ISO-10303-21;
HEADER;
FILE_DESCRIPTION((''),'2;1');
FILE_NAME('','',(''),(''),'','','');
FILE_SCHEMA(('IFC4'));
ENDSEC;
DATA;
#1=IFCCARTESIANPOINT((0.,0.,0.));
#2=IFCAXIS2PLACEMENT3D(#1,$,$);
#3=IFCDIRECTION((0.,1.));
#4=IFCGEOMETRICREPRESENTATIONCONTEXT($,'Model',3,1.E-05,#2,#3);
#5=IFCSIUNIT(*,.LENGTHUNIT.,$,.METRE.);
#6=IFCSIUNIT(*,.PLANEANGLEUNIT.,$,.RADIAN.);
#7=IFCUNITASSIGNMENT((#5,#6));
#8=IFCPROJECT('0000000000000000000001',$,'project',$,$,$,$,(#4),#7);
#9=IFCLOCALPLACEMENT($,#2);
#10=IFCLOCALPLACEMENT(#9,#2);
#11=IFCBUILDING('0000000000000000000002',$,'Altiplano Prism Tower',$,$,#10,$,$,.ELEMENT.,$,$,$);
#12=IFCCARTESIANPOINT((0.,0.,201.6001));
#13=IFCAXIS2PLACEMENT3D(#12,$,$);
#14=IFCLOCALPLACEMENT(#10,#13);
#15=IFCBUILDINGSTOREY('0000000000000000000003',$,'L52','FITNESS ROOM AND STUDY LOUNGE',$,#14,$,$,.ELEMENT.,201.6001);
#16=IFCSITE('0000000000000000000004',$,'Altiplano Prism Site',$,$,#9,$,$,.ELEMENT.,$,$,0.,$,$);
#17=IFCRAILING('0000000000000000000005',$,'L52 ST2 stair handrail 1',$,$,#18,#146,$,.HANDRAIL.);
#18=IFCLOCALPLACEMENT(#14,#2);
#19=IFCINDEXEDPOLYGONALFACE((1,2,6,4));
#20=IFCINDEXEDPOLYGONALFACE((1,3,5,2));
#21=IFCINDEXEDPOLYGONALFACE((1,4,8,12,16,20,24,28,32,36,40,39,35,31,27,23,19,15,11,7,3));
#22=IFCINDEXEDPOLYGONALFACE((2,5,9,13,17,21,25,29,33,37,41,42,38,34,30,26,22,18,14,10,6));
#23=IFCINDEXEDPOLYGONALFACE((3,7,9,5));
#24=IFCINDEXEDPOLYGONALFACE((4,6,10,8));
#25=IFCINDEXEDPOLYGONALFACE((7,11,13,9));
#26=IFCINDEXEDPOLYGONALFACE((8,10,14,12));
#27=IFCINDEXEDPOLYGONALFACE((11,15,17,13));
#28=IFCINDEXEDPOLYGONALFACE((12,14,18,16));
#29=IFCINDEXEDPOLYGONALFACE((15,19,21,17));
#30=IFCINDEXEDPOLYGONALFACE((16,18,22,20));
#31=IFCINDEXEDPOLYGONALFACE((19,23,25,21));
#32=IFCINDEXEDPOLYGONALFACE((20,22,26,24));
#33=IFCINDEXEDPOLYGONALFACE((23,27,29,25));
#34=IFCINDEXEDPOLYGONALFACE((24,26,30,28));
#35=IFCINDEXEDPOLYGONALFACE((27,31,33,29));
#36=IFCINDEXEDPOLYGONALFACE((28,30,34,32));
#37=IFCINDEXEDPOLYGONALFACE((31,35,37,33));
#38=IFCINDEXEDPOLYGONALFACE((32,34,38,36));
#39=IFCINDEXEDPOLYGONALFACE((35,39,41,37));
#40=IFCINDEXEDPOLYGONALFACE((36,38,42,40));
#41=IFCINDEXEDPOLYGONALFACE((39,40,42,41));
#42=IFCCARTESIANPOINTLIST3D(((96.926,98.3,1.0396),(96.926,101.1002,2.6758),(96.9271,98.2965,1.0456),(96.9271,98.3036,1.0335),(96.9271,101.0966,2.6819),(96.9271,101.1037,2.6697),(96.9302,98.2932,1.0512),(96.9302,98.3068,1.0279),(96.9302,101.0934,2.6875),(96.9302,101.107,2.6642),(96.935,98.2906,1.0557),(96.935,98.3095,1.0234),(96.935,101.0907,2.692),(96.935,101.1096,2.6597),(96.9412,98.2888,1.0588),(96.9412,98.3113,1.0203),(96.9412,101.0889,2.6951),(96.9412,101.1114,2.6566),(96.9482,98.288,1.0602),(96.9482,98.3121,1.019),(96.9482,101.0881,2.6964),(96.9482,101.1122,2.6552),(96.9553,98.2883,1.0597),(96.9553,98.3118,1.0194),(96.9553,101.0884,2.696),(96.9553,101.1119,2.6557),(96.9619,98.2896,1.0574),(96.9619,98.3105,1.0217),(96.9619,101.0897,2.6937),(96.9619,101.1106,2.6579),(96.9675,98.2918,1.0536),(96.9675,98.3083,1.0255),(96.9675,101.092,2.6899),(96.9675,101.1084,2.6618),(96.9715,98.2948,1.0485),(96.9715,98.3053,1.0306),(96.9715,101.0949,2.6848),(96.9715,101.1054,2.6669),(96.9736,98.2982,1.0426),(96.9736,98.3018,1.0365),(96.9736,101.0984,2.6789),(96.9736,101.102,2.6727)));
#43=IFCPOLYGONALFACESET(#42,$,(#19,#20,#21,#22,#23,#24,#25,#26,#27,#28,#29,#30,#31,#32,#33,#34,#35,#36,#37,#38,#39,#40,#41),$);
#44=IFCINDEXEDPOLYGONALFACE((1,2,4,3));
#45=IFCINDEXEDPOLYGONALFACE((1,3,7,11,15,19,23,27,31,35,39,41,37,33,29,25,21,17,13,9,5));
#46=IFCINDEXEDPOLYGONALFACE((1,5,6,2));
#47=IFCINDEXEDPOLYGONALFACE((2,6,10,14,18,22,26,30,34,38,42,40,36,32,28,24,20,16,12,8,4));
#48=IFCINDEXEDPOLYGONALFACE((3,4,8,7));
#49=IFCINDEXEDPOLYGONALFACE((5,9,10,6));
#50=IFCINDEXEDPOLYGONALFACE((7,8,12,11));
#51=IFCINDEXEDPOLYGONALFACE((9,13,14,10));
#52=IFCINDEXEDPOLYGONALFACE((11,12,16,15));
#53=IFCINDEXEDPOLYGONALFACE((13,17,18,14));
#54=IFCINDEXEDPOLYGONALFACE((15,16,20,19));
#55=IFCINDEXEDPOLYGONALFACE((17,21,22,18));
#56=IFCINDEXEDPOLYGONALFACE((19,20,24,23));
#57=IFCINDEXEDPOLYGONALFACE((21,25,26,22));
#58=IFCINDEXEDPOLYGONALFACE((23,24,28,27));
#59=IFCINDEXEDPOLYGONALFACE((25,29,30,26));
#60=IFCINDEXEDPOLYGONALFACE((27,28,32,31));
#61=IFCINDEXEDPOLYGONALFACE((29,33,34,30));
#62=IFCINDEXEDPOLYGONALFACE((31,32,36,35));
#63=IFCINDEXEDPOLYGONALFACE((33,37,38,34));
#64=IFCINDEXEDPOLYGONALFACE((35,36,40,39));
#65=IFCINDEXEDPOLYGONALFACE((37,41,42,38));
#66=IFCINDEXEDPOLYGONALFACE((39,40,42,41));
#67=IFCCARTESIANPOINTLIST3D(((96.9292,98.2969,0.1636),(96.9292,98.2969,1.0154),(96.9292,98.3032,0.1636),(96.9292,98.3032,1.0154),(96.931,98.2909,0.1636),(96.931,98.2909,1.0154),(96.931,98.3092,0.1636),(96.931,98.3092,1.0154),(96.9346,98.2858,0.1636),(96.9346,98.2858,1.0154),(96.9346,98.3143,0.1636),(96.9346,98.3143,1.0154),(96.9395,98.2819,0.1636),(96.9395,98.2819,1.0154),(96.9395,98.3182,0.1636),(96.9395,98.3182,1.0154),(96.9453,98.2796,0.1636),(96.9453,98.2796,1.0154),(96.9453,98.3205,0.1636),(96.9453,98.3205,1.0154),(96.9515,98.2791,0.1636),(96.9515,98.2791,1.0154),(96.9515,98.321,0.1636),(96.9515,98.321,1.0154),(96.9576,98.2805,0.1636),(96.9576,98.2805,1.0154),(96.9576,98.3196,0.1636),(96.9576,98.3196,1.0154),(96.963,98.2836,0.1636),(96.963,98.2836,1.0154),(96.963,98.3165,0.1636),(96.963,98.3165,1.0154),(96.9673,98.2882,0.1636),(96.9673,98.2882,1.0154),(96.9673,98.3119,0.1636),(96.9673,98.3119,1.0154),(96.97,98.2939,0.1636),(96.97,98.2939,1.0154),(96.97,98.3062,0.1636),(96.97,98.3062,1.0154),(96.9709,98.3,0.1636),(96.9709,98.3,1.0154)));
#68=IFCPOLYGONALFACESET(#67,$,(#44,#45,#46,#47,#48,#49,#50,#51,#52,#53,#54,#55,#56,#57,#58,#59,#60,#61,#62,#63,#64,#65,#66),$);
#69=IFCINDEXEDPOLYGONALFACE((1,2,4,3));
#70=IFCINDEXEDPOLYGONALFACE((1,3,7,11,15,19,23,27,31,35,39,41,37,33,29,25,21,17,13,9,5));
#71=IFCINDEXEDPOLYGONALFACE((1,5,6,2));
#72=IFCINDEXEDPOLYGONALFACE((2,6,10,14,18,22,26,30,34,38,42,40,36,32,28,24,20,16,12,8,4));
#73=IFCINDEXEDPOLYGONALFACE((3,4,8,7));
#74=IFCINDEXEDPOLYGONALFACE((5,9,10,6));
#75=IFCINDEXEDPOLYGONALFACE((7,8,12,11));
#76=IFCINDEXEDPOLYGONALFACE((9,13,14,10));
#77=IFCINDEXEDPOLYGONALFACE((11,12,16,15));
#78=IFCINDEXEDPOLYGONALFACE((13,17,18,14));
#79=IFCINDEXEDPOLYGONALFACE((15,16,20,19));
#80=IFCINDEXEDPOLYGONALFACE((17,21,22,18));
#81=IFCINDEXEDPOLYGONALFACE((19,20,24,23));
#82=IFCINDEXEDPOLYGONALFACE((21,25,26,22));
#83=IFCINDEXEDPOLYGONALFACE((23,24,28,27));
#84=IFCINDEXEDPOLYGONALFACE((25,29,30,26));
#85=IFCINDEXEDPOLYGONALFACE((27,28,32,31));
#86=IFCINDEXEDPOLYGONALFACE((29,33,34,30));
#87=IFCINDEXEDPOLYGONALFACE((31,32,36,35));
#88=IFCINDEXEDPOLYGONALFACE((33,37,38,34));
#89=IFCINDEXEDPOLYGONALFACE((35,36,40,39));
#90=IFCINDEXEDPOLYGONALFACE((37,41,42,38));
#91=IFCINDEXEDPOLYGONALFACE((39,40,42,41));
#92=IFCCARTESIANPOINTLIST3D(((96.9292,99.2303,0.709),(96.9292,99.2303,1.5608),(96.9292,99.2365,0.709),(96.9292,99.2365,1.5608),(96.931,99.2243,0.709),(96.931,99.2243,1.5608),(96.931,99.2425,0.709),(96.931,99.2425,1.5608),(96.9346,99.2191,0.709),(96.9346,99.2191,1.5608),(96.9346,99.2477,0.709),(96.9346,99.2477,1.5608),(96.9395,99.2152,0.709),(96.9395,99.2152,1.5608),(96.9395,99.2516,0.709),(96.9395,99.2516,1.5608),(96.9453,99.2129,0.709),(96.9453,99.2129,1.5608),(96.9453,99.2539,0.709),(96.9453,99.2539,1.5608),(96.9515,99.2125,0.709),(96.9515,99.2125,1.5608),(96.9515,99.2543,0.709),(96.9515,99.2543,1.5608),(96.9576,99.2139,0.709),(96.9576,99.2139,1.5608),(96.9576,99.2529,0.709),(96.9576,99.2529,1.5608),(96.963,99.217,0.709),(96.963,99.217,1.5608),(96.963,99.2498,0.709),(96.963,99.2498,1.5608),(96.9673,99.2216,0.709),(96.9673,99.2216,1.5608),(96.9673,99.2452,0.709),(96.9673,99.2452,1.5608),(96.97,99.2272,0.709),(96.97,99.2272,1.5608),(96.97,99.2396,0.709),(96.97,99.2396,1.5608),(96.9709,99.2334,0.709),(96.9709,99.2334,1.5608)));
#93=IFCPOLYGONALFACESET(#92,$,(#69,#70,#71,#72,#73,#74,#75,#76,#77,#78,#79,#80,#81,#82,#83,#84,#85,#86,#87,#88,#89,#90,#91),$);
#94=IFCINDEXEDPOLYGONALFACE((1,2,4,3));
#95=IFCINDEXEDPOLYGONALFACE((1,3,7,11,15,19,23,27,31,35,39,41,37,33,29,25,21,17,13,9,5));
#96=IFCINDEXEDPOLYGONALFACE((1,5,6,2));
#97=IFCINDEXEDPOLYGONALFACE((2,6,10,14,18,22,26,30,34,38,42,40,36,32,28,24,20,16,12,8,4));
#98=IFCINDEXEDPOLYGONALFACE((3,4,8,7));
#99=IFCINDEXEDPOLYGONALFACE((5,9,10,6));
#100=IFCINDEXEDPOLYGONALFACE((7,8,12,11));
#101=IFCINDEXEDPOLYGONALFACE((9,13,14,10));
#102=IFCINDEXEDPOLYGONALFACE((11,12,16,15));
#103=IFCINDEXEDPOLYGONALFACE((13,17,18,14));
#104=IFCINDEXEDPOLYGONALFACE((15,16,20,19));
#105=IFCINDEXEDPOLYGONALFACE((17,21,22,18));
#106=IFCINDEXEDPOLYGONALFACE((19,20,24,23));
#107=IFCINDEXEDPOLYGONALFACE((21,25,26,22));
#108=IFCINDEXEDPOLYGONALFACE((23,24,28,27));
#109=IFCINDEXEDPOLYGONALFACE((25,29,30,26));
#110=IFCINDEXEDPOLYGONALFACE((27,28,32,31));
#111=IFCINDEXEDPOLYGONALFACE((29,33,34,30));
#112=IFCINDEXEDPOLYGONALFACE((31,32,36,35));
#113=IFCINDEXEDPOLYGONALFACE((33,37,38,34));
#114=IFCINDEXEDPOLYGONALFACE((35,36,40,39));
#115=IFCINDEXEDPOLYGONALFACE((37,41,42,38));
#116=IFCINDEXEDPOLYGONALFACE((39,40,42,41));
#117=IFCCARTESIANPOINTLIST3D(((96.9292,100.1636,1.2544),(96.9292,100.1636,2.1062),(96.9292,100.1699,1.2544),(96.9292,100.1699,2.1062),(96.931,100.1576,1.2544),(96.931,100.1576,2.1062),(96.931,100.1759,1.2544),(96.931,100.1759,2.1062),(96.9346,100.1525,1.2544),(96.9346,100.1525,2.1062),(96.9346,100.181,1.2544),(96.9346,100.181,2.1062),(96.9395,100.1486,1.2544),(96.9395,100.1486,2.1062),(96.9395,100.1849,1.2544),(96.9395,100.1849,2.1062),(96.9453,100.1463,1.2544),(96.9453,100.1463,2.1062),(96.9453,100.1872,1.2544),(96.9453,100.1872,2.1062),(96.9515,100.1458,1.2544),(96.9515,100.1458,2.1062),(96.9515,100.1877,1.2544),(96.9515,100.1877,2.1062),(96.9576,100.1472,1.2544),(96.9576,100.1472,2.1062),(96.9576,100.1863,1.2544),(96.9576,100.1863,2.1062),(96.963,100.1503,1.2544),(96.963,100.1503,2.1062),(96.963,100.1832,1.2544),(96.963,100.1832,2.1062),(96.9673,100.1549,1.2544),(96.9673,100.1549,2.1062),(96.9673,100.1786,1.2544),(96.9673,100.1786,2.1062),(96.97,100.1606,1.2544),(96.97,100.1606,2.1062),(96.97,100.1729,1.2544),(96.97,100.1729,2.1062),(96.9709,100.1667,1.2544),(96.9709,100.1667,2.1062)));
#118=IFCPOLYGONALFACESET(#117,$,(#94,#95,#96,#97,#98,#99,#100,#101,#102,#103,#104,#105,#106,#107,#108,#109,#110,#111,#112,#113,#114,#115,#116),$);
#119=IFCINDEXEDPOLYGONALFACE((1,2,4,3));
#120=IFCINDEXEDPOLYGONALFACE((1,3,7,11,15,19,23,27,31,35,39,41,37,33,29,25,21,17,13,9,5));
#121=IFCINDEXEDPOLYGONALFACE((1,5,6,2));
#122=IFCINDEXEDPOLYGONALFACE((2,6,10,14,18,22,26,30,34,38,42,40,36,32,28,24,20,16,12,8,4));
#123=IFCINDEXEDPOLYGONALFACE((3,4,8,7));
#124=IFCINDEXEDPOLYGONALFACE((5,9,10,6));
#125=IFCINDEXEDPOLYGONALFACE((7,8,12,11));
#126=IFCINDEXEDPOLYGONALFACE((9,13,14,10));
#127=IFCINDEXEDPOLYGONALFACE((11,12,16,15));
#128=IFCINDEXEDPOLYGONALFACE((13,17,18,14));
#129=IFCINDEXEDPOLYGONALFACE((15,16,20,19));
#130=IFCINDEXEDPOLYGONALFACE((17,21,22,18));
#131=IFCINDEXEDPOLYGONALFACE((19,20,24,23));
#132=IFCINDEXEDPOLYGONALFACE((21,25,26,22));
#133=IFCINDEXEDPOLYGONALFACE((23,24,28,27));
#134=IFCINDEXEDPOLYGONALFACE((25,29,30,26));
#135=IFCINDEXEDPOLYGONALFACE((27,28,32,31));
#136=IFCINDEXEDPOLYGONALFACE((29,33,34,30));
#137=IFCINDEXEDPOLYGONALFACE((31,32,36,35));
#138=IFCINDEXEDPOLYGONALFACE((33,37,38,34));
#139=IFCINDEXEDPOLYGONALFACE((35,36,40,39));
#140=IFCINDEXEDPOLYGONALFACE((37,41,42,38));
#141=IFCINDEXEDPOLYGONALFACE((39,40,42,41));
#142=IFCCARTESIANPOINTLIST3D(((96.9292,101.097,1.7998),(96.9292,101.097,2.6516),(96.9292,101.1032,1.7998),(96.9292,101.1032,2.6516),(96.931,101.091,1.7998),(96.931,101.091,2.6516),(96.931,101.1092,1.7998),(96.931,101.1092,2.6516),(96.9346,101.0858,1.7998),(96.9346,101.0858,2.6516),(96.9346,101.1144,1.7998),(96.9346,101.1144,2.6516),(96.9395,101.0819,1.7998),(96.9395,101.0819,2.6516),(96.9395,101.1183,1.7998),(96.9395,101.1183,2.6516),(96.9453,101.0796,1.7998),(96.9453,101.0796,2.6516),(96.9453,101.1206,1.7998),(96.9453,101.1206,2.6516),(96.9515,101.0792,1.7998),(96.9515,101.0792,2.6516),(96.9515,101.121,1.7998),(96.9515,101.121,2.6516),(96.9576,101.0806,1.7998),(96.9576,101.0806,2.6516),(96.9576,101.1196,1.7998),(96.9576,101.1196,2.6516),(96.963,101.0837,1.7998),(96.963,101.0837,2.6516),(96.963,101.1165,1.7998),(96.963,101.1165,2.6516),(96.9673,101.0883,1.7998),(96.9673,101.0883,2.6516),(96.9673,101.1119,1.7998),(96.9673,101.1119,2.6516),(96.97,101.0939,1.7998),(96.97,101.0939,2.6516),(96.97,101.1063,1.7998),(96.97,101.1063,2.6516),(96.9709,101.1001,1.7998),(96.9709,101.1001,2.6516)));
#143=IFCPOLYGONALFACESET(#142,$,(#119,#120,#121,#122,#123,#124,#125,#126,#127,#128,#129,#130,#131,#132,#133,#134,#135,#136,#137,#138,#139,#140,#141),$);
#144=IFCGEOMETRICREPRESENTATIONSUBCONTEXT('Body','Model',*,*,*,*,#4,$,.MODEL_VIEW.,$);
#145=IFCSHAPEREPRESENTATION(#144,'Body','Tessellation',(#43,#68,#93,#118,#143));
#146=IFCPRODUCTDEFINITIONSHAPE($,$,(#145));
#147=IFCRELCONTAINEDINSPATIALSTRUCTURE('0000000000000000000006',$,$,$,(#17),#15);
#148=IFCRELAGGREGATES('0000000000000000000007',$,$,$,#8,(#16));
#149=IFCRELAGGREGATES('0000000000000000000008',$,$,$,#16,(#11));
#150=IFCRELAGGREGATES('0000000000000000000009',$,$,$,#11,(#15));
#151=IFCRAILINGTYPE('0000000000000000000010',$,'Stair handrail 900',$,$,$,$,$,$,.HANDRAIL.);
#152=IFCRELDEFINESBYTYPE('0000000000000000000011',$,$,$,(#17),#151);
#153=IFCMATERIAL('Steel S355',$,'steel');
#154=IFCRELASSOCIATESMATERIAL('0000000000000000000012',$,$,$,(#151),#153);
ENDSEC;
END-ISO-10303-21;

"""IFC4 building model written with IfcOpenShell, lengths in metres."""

from ifc_helpers import new_model, si_unit, direction, frame, origin, origin_2d, place, context, subcontext, project, spatial, circle, extrude, material, type_object, element, save


model = new_model("IFC4")

# Units and contexts
model_context = context("Model", 3, precision=1e-05, world=origin(), true_north=direction((0.0, 1.0)))
body_context = subcontext(model_context, "Body", "Model", "MODEL_VIEW")
ifc_project = project(units=[si_unit("LENGTHUNIT", "METRE"), si_unit("PLANEANGLEUNIT", "RADIAN")], contexts=[model_context])

# Site, building, storey
site_placement = place(None, origin())
site = spatial("IfcSite", under=ifc_project, at=site_placement, Name="Altiplano Prism Site", CompositionType="ELEMENT", RefElevation=0.0)
building_placement = place(site_placement, origin())
building = spatial("IfcBuilding", under=site, at=building_placement, Name="Altiplano Prism Tower", CompositionType="ELEMENT")
storey_placement = place(building_placement, frame((0.0, 0.0, 201.6001)))
storey = spatial("IfcBuildingStorey", under=building, at=storey_placement, Name="L52", Description="FITNESS ROOM AND STUDY LOUNGE", CompositionType="ELEMENT", Elevation=201.6001)

# Railing
ifc_material_1 = material(Name="Steel S355", Category="steel")
railing_type_1 = type_object("IfcRailingType", Name="Stair handrail 900", PredefinedType="HANDRAIL", material=ifc_material_1)
railing_1_placement = place(storey_placement, frame((96.95, 98.3, 0.1636)))
element("IfcRailing", 1, at=railing_1_placement, inside=storey, type_object=railing_type_1, Name="L52 ST2 stair handrail 1", PredefinedType="HANDRAIL", context=body_context, shape_type="SweptSolid", body=[
    extrude(circle(Radius=0.0239, at=origin_2d()), frame((0.0, 0.0, 0.876), z_axis=(0.0, 0.863394, 0.504531), x_axis=(-1.0, 0.0, 0.0)), (0.0, 0.0, 1.0), 3.2432),
    extrude(circle(Radius=0.021, at=origin_2d()), origin(), (0.0, 0.0, 1.0), 0.8518),
    extrude(circle(Radius=0.021, at=origin_2d()), frame((0.0, 0.9333, 0.5454)), (0.0, 0.0, 1.0), 0.8518),
    extrude(circle(Radius=0.021, at=origin_2d()), frame((0.0, 1.8667, 1.0908)), (0.0, 0.0, 1.0), 0.8518),
    extrude(circle(Radius=0.021, at=origin_2d()), frame((0.0, 2.8, 1.6362)), (0.0, 0.0, 1.0), 0.8518),
])

save(model, "model.ifc")
